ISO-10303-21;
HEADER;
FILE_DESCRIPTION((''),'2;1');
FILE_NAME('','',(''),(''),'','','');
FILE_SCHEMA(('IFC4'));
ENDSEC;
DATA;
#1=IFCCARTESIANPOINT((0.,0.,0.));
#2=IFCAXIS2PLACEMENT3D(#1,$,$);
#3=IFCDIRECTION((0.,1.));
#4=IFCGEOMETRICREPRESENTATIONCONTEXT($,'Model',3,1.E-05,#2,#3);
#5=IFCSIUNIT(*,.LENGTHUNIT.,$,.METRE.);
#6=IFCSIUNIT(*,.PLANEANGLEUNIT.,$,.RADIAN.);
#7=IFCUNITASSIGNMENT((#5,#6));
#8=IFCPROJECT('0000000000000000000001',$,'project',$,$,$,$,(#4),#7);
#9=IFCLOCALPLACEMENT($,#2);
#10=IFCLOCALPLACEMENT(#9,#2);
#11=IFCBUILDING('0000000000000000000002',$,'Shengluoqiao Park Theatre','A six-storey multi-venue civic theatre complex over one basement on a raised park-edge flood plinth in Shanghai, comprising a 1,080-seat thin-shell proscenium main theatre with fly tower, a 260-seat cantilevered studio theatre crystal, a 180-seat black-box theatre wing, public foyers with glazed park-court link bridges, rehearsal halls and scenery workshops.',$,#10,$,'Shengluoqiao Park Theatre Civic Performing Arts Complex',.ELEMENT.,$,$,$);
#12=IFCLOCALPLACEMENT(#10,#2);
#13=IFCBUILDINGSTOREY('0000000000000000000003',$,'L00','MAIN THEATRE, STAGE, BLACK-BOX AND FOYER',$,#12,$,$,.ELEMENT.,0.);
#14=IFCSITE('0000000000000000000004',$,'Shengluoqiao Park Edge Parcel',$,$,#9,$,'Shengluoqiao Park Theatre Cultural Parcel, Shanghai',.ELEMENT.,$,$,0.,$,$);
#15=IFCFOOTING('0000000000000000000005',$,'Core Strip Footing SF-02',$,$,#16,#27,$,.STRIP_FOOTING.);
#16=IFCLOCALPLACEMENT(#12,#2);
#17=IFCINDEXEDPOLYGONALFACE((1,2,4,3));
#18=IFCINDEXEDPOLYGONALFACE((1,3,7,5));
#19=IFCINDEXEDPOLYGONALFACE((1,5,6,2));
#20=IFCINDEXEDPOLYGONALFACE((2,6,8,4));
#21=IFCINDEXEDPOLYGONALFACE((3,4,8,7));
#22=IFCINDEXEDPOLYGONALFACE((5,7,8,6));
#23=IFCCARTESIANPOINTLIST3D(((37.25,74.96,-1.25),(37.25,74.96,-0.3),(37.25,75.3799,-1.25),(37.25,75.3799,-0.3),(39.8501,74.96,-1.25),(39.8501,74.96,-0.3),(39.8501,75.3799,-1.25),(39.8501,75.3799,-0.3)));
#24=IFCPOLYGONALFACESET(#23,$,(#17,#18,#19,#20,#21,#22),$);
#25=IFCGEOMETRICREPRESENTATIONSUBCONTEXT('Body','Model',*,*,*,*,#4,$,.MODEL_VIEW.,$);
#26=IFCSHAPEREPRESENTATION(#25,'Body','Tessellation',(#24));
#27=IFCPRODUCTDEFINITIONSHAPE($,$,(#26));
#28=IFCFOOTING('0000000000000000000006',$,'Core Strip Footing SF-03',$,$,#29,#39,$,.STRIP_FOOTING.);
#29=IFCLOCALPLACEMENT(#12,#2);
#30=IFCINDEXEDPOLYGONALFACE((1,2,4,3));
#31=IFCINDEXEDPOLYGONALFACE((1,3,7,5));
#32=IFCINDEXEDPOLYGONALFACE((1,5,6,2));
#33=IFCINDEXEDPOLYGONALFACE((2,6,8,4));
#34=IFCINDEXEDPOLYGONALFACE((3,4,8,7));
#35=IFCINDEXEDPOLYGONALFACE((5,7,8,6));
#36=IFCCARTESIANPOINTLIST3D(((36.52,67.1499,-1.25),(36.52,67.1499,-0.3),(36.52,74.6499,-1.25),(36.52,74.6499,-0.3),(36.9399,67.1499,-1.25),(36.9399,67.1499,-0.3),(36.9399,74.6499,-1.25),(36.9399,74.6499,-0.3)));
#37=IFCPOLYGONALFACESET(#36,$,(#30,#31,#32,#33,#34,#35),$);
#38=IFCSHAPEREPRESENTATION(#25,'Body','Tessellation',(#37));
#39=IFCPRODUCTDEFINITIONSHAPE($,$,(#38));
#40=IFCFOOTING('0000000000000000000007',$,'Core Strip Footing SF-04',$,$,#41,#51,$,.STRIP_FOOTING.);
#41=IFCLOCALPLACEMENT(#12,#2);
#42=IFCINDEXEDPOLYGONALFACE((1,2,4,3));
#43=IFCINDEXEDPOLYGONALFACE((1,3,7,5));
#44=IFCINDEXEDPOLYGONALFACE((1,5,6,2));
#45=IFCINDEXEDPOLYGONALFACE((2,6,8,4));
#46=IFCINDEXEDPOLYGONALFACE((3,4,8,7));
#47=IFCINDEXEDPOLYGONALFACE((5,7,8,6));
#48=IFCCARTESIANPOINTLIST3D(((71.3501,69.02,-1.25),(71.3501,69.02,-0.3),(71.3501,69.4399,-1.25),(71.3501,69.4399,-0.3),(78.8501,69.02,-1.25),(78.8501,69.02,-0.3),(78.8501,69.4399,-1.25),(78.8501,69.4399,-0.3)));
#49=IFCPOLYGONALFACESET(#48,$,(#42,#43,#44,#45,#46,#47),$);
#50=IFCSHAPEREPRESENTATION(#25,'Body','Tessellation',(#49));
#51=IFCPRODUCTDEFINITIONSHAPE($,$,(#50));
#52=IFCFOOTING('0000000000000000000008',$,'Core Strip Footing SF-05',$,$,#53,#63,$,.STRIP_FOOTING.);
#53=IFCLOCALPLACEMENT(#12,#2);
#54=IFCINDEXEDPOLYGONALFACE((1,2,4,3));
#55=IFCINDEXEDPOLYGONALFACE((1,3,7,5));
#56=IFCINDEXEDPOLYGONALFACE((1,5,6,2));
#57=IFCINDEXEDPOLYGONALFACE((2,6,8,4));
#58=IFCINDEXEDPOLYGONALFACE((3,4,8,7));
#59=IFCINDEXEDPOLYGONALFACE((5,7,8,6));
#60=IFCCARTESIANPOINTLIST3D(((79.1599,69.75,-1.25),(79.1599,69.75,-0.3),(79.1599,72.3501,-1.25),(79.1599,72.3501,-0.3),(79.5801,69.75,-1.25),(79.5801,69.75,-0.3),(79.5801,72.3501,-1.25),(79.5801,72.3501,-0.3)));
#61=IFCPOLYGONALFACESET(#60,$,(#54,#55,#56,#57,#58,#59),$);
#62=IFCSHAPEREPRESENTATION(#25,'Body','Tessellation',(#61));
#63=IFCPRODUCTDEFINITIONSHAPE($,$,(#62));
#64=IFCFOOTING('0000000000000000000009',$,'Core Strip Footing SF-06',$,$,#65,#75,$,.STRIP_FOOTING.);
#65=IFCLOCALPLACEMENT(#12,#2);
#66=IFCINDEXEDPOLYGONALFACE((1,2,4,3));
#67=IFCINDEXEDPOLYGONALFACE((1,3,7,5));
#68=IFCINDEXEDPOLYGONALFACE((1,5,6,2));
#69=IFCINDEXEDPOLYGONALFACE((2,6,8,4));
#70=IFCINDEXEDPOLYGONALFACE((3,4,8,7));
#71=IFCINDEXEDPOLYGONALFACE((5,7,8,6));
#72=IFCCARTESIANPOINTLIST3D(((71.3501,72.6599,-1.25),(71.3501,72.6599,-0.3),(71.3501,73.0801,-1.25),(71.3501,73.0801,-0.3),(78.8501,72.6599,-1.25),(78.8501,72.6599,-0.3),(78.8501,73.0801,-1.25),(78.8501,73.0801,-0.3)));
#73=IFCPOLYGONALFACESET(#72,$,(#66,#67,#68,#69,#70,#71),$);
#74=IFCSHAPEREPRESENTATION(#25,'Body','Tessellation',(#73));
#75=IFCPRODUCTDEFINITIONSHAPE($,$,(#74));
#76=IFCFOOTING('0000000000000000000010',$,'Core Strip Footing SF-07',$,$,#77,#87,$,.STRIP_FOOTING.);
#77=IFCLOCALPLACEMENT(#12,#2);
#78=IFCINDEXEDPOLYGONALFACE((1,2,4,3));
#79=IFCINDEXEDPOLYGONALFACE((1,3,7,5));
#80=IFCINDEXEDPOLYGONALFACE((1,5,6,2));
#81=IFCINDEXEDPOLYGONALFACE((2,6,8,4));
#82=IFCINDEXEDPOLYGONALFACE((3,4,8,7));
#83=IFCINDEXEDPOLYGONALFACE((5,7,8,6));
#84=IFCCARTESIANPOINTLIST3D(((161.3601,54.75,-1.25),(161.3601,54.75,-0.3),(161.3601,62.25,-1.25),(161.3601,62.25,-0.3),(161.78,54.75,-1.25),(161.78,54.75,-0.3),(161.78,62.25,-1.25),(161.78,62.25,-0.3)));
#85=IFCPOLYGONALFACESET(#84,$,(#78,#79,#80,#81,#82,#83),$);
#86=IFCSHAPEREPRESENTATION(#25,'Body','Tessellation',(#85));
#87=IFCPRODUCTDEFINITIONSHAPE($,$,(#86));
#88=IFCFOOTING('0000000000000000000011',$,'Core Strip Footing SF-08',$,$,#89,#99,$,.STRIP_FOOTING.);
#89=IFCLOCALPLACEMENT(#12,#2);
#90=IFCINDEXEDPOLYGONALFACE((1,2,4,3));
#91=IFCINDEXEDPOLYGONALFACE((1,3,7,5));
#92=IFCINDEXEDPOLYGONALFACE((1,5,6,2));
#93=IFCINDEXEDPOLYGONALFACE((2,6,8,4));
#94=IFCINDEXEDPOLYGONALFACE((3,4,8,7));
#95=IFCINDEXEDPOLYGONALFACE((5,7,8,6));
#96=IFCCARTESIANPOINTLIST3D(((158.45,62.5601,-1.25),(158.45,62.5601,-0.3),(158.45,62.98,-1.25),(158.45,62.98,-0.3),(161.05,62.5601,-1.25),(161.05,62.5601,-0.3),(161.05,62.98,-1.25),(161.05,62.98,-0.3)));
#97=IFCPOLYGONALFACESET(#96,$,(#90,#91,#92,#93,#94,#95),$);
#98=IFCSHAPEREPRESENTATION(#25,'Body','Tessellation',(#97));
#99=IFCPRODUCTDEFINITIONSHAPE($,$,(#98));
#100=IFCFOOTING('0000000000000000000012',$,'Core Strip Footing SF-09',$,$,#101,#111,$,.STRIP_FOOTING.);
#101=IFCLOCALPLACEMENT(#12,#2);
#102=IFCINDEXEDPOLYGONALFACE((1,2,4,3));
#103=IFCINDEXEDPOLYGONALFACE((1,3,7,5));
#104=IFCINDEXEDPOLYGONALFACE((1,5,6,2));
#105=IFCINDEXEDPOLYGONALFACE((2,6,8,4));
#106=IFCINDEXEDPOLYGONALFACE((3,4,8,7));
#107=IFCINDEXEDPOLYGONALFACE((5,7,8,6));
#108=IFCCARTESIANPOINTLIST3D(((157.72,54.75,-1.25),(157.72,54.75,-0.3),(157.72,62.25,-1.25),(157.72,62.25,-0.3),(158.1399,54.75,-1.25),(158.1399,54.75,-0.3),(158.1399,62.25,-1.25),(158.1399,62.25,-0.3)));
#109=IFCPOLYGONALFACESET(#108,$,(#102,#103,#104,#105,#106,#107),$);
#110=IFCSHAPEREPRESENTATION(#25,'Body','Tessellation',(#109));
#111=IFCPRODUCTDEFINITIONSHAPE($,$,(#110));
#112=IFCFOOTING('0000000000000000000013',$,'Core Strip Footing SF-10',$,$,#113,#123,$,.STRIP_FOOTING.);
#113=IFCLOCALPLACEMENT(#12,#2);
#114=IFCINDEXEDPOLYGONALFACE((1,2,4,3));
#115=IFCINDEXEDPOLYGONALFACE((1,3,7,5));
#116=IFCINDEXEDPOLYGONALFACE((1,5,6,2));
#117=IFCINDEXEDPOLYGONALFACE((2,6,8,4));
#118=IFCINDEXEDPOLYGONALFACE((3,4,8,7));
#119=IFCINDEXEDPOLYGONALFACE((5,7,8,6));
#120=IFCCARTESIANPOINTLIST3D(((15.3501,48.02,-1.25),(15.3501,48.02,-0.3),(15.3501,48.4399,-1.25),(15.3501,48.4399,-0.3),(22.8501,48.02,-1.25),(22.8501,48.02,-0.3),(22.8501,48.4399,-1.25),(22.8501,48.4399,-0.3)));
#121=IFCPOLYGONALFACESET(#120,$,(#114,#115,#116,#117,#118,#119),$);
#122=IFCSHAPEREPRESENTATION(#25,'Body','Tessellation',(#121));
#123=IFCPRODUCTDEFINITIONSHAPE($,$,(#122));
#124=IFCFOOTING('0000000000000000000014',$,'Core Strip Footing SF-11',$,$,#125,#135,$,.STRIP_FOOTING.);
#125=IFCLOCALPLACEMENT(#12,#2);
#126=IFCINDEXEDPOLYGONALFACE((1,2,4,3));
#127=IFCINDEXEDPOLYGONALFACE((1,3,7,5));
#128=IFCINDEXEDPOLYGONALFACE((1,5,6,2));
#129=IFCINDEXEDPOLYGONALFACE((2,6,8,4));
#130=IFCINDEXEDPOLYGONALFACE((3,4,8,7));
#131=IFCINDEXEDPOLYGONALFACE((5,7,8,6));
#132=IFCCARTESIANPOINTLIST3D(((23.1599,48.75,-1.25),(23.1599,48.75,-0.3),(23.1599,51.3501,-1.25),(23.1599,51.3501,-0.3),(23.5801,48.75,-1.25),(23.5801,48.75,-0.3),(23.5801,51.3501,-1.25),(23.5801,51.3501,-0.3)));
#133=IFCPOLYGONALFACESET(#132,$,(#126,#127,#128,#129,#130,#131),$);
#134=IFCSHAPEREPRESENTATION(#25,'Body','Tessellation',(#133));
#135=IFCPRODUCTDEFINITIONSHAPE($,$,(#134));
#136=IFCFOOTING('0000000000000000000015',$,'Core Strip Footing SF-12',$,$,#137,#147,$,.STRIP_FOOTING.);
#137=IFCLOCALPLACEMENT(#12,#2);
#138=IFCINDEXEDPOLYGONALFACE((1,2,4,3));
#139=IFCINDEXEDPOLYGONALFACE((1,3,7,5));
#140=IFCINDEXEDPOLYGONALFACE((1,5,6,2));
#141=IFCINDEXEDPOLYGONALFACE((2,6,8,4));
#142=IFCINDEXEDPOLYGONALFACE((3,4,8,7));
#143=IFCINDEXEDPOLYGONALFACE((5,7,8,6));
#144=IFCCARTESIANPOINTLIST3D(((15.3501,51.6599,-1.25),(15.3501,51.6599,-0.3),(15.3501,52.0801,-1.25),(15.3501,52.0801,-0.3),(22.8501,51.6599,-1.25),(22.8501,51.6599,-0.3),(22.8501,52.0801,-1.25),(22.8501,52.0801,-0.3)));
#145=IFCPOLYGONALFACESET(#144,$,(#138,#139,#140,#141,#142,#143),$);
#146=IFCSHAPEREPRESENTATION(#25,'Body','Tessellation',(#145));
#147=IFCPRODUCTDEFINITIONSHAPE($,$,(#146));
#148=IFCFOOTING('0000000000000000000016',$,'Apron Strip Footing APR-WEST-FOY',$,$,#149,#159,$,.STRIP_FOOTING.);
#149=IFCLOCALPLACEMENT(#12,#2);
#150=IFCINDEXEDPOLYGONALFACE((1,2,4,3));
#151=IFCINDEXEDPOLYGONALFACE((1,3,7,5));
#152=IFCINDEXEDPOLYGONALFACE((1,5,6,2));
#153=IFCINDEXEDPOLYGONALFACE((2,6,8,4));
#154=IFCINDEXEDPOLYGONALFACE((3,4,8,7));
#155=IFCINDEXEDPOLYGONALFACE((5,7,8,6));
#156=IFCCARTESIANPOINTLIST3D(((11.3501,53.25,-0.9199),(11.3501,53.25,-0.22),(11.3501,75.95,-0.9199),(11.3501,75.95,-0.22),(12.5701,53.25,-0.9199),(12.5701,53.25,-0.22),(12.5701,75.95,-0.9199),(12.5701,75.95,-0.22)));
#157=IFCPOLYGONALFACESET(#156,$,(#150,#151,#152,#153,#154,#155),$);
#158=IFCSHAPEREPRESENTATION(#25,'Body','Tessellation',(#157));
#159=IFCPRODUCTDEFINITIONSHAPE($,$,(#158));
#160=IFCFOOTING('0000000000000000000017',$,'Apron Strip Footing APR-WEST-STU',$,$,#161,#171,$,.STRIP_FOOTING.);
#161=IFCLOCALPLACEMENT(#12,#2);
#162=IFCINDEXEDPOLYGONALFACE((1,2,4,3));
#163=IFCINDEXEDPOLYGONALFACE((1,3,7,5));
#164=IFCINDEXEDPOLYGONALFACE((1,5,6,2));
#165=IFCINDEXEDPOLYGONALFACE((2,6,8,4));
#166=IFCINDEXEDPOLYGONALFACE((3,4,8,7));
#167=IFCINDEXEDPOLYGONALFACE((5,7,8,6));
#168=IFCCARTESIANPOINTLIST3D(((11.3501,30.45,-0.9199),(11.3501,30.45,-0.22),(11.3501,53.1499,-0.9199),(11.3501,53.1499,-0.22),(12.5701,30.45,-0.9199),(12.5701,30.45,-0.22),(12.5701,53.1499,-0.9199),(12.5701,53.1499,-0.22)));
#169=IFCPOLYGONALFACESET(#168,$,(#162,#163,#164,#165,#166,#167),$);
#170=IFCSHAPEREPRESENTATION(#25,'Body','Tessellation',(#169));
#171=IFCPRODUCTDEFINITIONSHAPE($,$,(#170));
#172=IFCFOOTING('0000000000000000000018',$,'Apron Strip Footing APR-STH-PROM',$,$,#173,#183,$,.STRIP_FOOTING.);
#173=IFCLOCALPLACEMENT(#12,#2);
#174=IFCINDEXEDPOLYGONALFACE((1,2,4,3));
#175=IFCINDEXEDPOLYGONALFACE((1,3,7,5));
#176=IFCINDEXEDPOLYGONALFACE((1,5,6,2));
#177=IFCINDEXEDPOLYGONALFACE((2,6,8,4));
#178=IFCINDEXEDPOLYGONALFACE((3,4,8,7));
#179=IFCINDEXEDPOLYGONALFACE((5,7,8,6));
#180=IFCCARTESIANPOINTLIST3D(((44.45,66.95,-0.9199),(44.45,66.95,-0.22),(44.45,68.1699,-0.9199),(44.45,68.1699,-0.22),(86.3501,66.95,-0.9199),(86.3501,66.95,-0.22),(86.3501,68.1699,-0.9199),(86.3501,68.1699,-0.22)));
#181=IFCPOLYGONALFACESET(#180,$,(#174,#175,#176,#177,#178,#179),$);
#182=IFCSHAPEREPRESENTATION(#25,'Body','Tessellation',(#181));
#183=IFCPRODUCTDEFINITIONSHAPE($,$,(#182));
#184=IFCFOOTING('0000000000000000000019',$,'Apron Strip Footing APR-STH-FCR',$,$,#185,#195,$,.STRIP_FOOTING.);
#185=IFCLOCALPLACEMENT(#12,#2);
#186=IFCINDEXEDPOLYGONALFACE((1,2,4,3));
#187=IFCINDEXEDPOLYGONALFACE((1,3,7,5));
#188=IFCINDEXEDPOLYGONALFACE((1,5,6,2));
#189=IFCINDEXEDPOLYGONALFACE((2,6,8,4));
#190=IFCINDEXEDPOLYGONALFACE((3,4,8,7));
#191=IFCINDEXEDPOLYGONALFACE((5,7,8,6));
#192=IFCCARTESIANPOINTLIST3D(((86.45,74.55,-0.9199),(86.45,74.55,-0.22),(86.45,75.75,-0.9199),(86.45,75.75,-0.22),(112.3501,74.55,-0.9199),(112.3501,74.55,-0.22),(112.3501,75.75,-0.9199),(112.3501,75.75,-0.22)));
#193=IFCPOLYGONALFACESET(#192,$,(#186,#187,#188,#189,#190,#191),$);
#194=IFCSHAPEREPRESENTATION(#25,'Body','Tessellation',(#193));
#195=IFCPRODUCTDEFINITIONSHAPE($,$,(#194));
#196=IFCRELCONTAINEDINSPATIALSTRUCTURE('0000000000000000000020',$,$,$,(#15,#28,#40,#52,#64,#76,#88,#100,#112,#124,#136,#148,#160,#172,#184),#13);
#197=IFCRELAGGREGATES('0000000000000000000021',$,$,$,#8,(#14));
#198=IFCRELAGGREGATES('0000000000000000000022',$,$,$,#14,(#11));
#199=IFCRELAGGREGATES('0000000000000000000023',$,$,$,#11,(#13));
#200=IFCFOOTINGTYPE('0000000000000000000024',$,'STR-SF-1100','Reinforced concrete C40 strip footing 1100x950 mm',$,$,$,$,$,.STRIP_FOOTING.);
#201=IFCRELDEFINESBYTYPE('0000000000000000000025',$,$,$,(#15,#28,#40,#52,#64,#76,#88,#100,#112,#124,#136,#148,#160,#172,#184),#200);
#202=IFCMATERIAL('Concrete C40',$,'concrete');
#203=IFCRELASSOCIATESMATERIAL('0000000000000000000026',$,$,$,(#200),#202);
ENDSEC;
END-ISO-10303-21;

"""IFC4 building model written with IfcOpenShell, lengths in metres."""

from ifc_helpers import new_model, si_unit, direction, frame, origin, place, context, subcontext, project, spatial, polyline, outline, extrude, material, type_object, element, save


model = new_model("IFC4")

# Units and contexts
model_context = context("Model", 3, precision=1e-05, world=origin(), true_north=direction((0.0, 1.0)))
body_context = subcontext(model_context, "Body", "Model", "MODEL_VIEW")
ifc_project = project(units=[si_unit("LENGTHUNIT", "METRE"), si_unit("PLANEANGLEUNIT", "RADIAN")], contexts=[model_context])

# Site, building, storey
site_placement = place(None, origin())
site = spatial("IfcSite", under=ifc_project, at=site_placement, Name="Shengluoqiao Park Edge Parcel", LongName="Shengluoqiao Park Theatre Cultural Parcel, Shanghai", CompositionType="ELEMENT", RefElevation=0.0)
building_placement = place(site_placement, origin())
building = spatial("IfcBuilding", under=site, at=building_placement, Name="Shengluoqiao Park Theatre", Description="A six-storey multi-venue civic theatre complex over one basement on a raised park-edge flood plinth in Shanghai, comprising a 1,080-seat thin-shell proscenium main theatre with fly tower, a 260-seat cantilevered studio theatre crystal, a 180-seat black-box theatre wing, public foyers with glazed park-court link bridges, rehearsal halls and scenery workshops.", LongName="Shengluoqiao Park Theatre Civic Performing Arts Complex", CompositionType="ELEMENT")
storey_placement = place(building_placement, origin())
storey = spatial("IfcBuildingStorey", under=building, at=storey_placement, Name="L00", Description="MAIN THEATRE, STAGE, BLACK-BOX AND FOYER", CompositionType="ELEMENT", Elevation=0.0)

# Footings
ifc_material = material(Name="Concrete C40", Category="concrete")
footing_type_1 = type_object("IfcFootingType", Name="STR-SF-1100", Description="Reinforced concrete C40 strip footing 1100x950 mm", PredefinedType="STRIP_FOOTING", material=ifc_material)
footing_1_placement = place(storey_placement, frame((0.0, 0.0, -1.25)))
element("IfcFooting", 1, at=footing_1_placement, inside=storey, type_object=footing_type_1, Name="Core Strip Footing SF-02", PredefinedType="STRIP_FOOTING", context=body_context, shape_type="SweptSolid", body=[
    extrude(outline(polyline([(37.25, 74.96), (39.8501, 74.96), (39.8501, 75.3799), (37.25, 75.3799), (37.25, 74.96)])), origin(), (0.0, 0.0, 1.0), 0.95),
])
footing_2_placement = place(storey_placement, frame((0.0, 0.0, -1.25)))
element("IfcFooting", 2, at=footing_2_placement, inside=storey, type_object=footing_type_1, Name="Core Strip Footing SF-03", PredefinedType="STRIP_FOOTING", context=body_context, shape_type="SweptSolid", body=[
    extrude(outline(polyline([(36.52, 67.1499), (36.9399, 67.1499), (36.9399, 74.6499), (36.52, 74.6499), (36.52, 67.1499)])), origin(), (0.0, 0.0, 1.0), 0.95),
])
footing_3_placement = place(storey_placement, frame((0.0, 0.0, -1.25)))
element("IfcFooting", 3, at=footing_3_placement, inside=storey, type_object=footing_type_1, Name="Core Strip Footing SF-04", PredefinedType="STRIP_FOOTING", context=body_context, shape_type="SweptSolid", body=[
    extrude(outline(polyline([(71.3501, 69.02), (78.8501, 69.02), (78.8501, 69.4399), (71.3501, 69.4399), (71.3501, 69.02)])), origin(), (0.0, 0.0, 1.0), 0.95),
])
footing_4_placement = place(storey_placement, frame((0.0, 0.0, -1.25)))
element("IfcFooting", 4, at=footing_4_placement, inside=storey, type_object=footing_type_1, Name="Core Strip Footing SF-05", PredefinedType="STRIP_FOOTING", context=body_context, shape_type="SweptSolid", body=[
    extrude(outline(polyline([(79.1599, 69.75), (79.5801, 69.75), (79.5801, 72.3501), (79.1599, 72.3501), (79.1599, 69.75)])), origin(), (0.0, 0.0, 1.0), 0.95),
])
footing_5_placement = place(storey_placement, frame((0.0, 0.0, -1.25)))
element("IfcFooting", 5, at=footing_5_placement, inside=storey, type_object=footing_type_1, Name="Core Strip Footing SF-06", PredefinedType="STRIP_FOOTING", context=body_context, shape_type="SweptSolid", body=[
    extrude(outline(polyline([(71.3501, 72.6599), (78.8501, 72.6599), (78.8501, 73.0801), (71.3501, 73.0801), (71.3501, 72.6599)])), origin(), (0.0, 0.0, 1.0), 0.95),
])
footing_6_placement = place(storey_placement, frame((0.0, 0.0, -1.25)))
element("IfcFooting", 6, at=footing_6_placement, inside=storey, type_object=footing_type_1, Name="Core Strip Footing SF-07", PredefinedType="STRIP_FOOTING", context=body_context, shape_type="SweptSolid", body=[
    extrude(outline(polyline([(161.3601, 54.75), (161.78, 54.75), (161.78, 62.25), (161.3601, 62.25), (161.3601, 54.75)])), origin(), (0.0, 0.0, 1.0), 0.95),
])
footing_7_placement = place(storey_placement, frame((0.0, 0.0, -1.25)))
element("IfcFooting", 7, at=footing_7_placement, inside=storey, type_object=footing_type_1, Name="Core Strip Footing SF-08", PredefinedType="STRIP_FOOTING", context=body_context, shape_type="SweptSolid", body=[
    extrude(outline(polyline([(158.45, 62.5601), (161.05, 62.5601), (161.05, 62.98), (158.45, 62.98), (158.45, 62.5601)])), origin(), (0.0, 0.0, 1.0), 0.95),
])
footing_8_placement = place(storey_placement, frame((0.0, 0.0, -1.25)))
element("IfcFooting", 8, at=footing_8_placement, inside=storey, type_object=footing_type_1, Name="Core Strip Footing SF-09", PredefinedType="STRIP_FOOTING", context=body_context, shape_type="SweptSolid", body=[
    extrude(outline(polyline([(157.72, 54.75), (158.1399, 54.75), (158.1399, 62.25), (157.72, 62.25), (157.72, 54.75)])), origin(), (0.0, 0.0, 1.0), 0.95),
])
footing_9_placement = place(storey_placement, frame((0.0, 0.0, -1.25)))
element("IfcFooting", 9, at=footing_9_placement, inside=storey, type_object=footing_type_1, Name="Core Strip Footing SF-10", PredefinedType="STRIP_FOOTING", context=body_context, shape_type="SweptSolid", body=[
    extrude(outline(polyline([(15.3501, 48.02), (22.8501, 48.02), (22.8501, 48.4399), (15.3501, 48.4399), (15.3501, 48.02)])), origin(), (0.0, 0.0, 1.0), 0.95),
])
footing_10_placement = place(storey_placement, frame((0.0, 0.0, -1.25)))
element("IfcFooting", 10, at=footing_10_placement, inside=storey, type_object=footing_type_1, Name="Core Strip Footing SF-11", PredefinedType="STRIP_FOOTING", context=body_context, shape_type="SweptSolid", body=[
    extrude(outline(polyline([(23.1599, 48.75), (23.5801, 48.75), (23.5801, 51.3501), (23.1599, 51.3501), (23.1599, 48.75)])), origin(), (0.0, 0.0, 1.0), 0.95),
])
footing_11_placement = place(storey_placement, frame((0.0, 0.0, -1.25)))
element("IfcFooting", 11, at=footing_11_placement, inside=storey, type_object=footing_type_1, Name="Core Strip Footing SF-12", PredefinedType="STRIP_FOOTING", context=body_context, shape_type="SweptSolid", body=[
    extrude(outline(polyline([(15.3501, 51.6599), (22.8501, 51.6599), (22.8501, 52.0801), (15.3501, 52.0801), (15.3501, 51.6599)])), origin(), (0.0, 0.0, 1.0), 0.95),
])
footing_12_placement = place(storey_placement, frame((0.0, 0.0, -0.9199)))
element("IfcFooting", 12, at=footing_12_placement, inside=storey, type_object=footing_type_1, Name="Apron Strip Footing APR-WEST-FOY", PredefinedType="STRIP_FOOTING", context=body_context, shape_type="SweptSolid", body=[
    extrude(outline(polyline([(11.3501, 53.25), (12.5701, 53.25), (12.5701, 75.95), (11.3501, 75.95), (11.3501, 53.25)])), origin(), (0.0, 0.0, 1.0), 0.7),
])
footing_13_placement = place(storey_placement, frame((0.0, 0.0, -0.9199)))
element("IfcFooting", 13, at=footing_13_placement, inside=storey, type_object=footing_type_1, Name="Apron Strip Footing APR-WEST-STU", PredefinedType="STRIP_FOOTING", context=body_context, shape_type="SweptSolid", body=[
    extrude(outline(polyline([(11.3501, 30.45), (12.5701, 30.45), (12.5701, 53.1499), (11.3501, 53.1499), (11.3501, 30.45)])), origin(), (0.0, 0.0, 1.0), 0.7),
])
footing_14_placement = place(storey_placement, frame((0.0, 0.0, -0.9199)))
element("IfcFooting", 14, at=footing_14_placement, inside=storey, type_object=footing_type_1, Name="Apron Strip Footing APR-STH-PROM", PredefinedType="STRIP_FOOTING", context=body_context, shape_type="SweptSolid", body=[
    extrude(outline(polyline([(44.45, 66.95), (86.3501, 66.95), (86.3501, 68.1699), (44.45, 68.1699), (44.45, 66.95)])), origin(), (0.0, 0.0, 1.0), 0.7),
])
footing_15_placement = place(storey_placement, frame((0.0, 0.0, -0.9199)))
element("IfcFooting", 15, at=footing_15_placement, inside=storey, type_object=footing_type_1, Name="Apron Strip Footing APR-STH-FCR", PredefinedType="STRIP_FOOTING", context=body_context, shape_type="SweptSolid", body=[
    extrude(outline(polyline([(86.45, 74.55), (112.3501, 74.55), (112.3501, 75.75), (86.45, 75.75), (86.45, 74.55)])), origin(), (0.0, 0.0, 1.0), 0.7),
])

save(model, "model.ifc")
